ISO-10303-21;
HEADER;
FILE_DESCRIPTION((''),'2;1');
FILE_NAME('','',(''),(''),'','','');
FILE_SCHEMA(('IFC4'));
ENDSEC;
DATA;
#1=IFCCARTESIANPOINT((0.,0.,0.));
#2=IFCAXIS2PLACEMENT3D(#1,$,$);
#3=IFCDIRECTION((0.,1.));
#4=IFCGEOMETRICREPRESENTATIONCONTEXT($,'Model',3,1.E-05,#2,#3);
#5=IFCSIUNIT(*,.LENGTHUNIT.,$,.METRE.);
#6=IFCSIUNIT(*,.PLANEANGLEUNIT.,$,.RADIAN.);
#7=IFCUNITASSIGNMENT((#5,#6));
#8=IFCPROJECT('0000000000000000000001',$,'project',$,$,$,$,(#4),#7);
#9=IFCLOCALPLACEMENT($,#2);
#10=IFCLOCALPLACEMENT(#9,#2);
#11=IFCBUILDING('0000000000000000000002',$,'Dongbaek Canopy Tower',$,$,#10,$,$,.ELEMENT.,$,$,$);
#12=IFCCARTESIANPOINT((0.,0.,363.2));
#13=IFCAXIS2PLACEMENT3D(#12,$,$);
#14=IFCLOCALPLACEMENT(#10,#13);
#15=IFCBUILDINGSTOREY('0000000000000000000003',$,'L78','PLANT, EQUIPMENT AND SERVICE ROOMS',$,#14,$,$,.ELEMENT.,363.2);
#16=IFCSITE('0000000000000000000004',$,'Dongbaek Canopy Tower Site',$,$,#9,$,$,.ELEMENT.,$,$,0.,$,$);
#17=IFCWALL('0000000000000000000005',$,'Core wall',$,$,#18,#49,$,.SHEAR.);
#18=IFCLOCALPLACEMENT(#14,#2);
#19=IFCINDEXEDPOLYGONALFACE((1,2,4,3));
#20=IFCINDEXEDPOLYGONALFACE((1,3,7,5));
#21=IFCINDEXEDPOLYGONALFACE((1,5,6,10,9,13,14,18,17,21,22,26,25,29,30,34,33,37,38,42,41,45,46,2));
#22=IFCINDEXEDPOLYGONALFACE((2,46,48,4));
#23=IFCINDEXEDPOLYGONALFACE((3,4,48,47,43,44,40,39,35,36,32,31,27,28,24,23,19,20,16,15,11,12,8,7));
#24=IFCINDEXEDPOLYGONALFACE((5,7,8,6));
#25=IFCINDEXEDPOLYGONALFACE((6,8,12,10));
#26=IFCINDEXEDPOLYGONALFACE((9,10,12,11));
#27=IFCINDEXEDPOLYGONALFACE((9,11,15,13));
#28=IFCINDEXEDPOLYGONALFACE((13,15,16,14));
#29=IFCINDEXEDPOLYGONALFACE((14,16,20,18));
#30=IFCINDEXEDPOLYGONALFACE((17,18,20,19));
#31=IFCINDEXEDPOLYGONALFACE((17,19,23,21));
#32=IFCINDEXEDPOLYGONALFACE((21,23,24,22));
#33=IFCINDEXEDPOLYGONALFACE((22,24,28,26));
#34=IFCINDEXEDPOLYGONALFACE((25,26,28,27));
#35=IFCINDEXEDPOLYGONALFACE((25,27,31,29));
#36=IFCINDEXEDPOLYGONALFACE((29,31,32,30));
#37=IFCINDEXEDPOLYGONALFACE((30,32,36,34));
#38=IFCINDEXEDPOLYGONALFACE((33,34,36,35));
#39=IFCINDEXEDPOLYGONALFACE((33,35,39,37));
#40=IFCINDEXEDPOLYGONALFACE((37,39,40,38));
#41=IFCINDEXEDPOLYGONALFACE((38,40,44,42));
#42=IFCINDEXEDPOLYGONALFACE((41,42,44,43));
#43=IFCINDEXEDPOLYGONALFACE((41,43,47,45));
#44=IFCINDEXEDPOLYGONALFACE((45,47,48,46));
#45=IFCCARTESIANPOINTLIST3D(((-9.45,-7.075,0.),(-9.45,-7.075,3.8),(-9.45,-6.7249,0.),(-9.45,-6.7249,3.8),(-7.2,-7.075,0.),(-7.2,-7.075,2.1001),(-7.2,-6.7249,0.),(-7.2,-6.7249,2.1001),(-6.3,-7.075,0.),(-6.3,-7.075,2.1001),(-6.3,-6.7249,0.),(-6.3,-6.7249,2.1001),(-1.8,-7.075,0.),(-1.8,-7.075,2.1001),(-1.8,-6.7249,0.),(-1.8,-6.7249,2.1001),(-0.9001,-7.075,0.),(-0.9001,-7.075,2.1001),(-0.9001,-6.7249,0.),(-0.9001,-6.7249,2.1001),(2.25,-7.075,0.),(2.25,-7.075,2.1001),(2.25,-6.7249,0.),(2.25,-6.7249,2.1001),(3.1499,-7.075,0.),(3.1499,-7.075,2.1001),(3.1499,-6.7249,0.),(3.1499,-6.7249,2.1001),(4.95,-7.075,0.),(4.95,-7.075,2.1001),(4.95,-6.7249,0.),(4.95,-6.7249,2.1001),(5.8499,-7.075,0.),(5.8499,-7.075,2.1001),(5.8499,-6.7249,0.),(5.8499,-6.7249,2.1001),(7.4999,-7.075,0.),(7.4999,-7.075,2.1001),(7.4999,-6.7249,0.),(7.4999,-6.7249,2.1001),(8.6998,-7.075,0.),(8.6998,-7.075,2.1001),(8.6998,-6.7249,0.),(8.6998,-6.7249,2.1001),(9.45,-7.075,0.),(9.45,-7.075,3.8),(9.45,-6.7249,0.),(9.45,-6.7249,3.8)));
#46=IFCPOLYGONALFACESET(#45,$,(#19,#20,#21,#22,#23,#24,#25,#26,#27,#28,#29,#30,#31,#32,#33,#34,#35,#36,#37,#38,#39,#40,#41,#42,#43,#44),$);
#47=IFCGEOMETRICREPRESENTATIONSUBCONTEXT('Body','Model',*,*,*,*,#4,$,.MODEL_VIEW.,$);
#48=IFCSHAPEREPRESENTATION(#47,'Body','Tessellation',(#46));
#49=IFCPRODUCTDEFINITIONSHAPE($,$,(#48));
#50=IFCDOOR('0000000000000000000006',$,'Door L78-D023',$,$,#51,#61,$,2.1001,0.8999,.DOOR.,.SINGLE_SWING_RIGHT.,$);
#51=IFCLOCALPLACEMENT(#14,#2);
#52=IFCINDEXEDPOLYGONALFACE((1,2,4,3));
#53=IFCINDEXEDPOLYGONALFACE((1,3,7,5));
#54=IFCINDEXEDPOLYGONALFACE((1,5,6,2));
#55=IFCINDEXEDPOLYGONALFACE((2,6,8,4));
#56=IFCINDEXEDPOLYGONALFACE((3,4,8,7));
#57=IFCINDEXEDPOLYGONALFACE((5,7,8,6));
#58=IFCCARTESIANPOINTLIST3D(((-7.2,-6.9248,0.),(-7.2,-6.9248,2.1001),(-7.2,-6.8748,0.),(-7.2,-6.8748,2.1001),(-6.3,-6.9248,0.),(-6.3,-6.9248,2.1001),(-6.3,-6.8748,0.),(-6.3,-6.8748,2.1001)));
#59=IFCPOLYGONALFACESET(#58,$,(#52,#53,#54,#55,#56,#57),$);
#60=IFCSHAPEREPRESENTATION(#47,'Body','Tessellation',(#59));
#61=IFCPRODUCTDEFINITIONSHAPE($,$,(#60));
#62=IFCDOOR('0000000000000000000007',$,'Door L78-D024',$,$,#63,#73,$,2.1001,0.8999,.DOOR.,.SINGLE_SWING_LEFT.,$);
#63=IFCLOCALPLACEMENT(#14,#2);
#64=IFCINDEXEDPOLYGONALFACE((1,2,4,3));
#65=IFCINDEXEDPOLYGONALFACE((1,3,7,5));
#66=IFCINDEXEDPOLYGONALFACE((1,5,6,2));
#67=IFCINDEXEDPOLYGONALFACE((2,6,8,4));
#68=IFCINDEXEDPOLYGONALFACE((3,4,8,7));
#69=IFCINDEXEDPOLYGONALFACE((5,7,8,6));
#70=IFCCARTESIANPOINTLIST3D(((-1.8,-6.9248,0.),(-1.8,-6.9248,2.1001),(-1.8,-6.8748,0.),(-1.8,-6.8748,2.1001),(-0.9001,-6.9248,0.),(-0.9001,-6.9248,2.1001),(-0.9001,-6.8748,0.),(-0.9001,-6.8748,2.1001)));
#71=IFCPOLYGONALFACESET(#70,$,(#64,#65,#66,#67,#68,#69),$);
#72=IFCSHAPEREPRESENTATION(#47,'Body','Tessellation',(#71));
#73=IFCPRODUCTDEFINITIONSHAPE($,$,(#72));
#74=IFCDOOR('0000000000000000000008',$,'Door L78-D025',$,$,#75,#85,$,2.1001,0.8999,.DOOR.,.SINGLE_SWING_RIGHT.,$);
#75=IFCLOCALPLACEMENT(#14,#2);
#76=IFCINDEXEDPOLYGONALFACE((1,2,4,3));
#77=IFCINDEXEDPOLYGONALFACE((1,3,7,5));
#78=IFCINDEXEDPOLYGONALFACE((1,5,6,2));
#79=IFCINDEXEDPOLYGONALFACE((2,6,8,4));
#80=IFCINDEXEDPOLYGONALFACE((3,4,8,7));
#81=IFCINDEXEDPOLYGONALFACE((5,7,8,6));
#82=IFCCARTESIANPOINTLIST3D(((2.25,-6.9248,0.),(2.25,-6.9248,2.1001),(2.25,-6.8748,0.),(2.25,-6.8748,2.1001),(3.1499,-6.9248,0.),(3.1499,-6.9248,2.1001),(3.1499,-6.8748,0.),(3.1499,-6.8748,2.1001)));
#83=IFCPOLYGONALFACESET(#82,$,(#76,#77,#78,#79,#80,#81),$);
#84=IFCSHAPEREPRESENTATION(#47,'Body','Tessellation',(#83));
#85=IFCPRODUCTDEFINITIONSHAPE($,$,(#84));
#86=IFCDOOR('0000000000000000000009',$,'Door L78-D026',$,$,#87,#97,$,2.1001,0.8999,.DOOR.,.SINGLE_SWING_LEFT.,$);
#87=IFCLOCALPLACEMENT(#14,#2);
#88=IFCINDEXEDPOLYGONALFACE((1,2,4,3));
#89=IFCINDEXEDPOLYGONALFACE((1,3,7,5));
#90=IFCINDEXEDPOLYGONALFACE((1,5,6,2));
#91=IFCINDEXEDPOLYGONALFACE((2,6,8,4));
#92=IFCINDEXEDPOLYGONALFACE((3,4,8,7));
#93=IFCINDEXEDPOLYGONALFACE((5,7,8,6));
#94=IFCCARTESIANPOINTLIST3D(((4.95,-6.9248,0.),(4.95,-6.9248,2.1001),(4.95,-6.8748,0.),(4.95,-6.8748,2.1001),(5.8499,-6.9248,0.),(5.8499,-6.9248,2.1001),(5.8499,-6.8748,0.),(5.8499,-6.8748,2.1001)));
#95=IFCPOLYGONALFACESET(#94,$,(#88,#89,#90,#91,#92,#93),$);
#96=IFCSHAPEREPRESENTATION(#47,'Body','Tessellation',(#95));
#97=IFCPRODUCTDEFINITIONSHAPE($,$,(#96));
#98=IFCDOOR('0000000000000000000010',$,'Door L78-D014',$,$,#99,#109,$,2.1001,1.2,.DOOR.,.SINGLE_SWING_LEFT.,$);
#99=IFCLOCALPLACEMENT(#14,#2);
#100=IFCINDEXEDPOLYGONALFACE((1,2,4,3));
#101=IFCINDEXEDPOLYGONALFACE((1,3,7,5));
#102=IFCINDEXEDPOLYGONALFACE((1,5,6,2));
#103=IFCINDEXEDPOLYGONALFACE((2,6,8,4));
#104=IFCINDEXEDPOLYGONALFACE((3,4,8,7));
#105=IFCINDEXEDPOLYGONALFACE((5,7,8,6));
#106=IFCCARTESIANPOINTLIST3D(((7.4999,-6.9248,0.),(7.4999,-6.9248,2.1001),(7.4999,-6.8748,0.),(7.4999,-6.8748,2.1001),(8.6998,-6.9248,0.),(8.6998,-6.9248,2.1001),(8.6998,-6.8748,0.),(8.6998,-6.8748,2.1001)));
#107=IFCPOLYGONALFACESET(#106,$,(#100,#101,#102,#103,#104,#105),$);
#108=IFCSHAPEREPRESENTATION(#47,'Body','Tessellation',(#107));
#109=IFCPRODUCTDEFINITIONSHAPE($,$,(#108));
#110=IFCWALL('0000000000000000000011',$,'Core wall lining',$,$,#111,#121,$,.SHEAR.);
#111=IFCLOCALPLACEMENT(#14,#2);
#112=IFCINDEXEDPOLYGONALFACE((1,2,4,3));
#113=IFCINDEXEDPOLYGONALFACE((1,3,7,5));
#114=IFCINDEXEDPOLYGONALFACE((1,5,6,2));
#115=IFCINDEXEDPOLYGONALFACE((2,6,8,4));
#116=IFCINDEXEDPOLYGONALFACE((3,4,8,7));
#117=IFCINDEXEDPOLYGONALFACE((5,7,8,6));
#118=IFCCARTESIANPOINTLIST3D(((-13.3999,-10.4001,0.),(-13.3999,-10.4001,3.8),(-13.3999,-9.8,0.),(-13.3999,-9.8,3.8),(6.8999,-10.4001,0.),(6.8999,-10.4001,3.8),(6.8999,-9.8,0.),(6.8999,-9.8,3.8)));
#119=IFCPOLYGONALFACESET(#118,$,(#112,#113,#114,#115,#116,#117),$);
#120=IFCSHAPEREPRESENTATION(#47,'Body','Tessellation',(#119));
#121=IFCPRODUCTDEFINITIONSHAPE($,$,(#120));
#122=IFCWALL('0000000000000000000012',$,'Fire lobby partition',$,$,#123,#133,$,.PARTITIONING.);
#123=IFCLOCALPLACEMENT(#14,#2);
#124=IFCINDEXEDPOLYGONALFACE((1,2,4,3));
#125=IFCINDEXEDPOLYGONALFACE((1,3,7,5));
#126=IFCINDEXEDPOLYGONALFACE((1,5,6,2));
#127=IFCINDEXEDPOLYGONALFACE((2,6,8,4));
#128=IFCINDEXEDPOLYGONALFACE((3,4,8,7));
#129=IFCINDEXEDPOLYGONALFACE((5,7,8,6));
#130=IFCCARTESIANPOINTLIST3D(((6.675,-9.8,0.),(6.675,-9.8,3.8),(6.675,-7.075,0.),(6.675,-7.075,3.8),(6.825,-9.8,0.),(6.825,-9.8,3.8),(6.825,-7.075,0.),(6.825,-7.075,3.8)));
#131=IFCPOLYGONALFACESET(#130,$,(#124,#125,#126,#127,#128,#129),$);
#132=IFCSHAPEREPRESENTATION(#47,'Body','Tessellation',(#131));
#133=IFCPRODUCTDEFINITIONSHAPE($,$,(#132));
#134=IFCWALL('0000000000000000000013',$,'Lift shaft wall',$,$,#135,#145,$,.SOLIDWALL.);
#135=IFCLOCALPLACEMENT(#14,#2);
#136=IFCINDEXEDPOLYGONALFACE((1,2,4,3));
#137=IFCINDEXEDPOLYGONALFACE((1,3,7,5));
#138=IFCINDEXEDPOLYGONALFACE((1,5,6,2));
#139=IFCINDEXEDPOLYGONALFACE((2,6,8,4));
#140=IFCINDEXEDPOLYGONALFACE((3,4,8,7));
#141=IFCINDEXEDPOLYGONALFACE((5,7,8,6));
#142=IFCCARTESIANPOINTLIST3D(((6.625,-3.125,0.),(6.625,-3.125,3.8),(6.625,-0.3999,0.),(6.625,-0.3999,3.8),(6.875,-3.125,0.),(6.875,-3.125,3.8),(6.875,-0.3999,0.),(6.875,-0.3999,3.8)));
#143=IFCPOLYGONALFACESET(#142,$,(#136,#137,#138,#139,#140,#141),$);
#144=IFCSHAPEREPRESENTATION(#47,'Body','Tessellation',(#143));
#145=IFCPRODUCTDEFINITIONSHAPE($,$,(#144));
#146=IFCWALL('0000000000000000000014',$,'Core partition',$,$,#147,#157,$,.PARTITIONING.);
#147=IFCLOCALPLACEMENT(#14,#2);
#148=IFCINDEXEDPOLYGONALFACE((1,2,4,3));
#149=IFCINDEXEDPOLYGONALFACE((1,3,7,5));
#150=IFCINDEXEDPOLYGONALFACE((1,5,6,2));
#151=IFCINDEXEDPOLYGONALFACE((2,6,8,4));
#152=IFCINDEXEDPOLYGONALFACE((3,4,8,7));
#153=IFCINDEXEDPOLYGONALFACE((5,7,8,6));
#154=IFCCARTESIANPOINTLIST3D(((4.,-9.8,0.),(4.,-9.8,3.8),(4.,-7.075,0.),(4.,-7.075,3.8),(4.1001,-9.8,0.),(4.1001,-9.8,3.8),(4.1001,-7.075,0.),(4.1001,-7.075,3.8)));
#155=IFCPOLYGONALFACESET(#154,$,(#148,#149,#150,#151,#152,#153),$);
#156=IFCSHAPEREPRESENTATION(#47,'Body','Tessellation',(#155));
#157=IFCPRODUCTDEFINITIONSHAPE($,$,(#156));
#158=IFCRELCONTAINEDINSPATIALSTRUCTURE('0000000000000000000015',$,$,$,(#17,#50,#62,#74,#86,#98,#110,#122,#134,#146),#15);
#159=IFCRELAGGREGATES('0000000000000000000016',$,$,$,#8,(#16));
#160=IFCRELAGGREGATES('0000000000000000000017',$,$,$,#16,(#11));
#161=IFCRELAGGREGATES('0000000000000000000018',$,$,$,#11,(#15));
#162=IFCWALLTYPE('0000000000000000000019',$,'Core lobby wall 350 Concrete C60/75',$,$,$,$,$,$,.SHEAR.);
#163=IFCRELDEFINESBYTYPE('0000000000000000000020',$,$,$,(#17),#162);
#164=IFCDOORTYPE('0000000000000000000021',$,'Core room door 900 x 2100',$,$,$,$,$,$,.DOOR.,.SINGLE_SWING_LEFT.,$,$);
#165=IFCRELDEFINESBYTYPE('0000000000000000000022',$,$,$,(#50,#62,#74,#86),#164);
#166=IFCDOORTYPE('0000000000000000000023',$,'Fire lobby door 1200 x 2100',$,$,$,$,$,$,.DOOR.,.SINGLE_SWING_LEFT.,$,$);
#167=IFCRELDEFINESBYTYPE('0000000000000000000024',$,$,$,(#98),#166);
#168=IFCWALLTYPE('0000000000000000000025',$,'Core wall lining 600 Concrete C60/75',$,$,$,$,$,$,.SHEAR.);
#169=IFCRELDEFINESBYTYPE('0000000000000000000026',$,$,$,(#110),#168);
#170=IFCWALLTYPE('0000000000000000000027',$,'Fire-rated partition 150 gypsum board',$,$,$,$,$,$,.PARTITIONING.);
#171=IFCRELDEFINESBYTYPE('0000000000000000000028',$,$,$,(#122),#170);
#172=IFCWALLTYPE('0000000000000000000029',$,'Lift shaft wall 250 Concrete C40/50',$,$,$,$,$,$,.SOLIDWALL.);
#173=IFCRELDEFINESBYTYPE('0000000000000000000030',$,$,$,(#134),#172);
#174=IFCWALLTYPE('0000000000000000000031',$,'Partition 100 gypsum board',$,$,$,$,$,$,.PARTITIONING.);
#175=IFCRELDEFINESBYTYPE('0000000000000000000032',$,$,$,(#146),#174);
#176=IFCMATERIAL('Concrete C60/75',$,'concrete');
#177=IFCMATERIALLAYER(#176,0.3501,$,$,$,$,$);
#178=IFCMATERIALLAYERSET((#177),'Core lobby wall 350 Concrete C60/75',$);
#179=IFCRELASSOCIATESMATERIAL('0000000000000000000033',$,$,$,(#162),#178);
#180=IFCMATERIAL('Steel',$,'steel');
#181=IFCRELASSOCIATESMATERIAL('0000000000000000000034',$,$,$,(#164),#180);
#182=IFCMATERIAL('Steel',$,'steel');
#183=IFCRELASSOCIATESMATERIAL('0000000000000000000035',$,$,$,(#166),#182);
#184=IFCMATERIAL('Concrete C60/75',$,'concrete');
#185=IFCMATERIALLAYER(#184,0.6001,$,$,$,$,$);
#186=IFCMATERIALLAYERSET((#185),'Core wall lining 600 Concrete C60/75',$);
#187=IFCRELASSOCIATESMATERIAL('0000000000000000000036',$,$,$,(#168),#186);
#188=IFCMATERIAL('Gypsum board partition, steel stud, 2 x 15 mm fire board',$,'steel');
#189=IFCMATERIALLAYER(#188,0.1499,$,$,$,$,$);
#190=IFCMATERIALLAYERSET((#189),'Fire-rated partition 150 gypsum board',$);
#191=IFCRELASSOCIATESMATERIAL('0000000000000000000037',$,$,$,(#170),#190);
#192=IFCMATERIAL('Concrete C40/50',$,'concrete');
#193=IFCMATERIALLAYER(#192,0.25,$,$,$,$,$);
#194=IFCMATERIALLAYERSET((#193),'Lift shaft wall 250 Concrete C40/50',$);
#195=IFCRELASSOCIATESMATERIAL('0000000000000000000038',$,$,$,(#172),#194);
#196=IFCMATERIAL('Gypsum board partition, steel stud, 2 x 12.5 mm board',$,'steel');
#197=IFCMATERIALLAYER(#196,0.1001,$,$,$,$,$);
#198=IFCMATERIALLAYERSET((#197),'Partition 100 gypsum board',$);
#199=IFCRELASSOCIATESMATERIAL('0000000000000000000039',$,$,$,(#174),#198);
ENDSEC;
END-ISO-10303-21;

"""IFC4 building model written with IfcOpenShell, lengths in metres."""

from ifc_helpers import new_model, si_unit, direction, frame, frame_2d, origin, place, context, subcontext, project, spatial, rectangle, extrude, material, layer, layer_set, type_object, element, fill, save


model = new_model("IFC4")

# Units and contexts
model_context = context("Model", 3, precision=1e-05, world=origin(), true_north=direction((0.0, 1.0)))
body_context = subcontext(model_context, "Body", "Model", "MODEL_VIEW")
ifc_project = project(units=[si_unit("LENGTHUNIT", "METRE"), si_unit("PLANEANGLEUNIT", "RADIAN")], contexts=[model_context])

# Site, building, storey
site_placement = place(None, origin())
site = spatial("IfcSite", under=ifc_project, at=site_placement, Name="Dongbaek Canopy Tower Site", CompositionType="ELEMENT", RefElevation=0.0)
building_placement = place(site_placement, origin())
building = spatial("IfcBuilding", under=site, at=building_placement, Name="Dongbaek Canopy Tower", CompositionType="ELEMENT")
storey_placement = place(building_placement, frame((0.0, 0.0, 363.2)))
storey = spatial("IfcBuildingStorey", under=building, at=storey_placement, Name="L78", Description="PLANT, EQUIPMENT AND SERVICE ROOMS", CompositionType="ELEMENT", Elevation=363.2)

# Wall, openings, doors
ifc_material_1 = material(Name="Concrete C60/75", Category="concrete")
ifc_layer_1 = layer(ifc_material_1, 0.3501)
ifc_layer_set_1 = layer_set([ifc_layer_1], Name="Core lobby wall 350 Concrete C60/75")
wall_type_1 = type_object("IfcWallType", Name="Core lobby wall 350 Concrete C60/75", PredefinedType="SHEAR", material=ifc_layer_set_1)
wall_1_placement = place(storey_placement, frame((9.45, -6.8999, 0.0), z_axis=(0.0, 0.0, 1.0), x_axis=(-1.0, 0.0, 0.0)))
wall_1 = element("IfcWall", 1, at=wall_1_placement, inside=storey, type_object=wall_type_1, Name="Core wall", PredefinedType="SHEAR", context=body_context, shape_type="SweptSolid", body=[
    extrude(rectangle(XDim=18.8999, YDim=0.3501, at=frame_2d((9.45, 0.0))), origin(), (0.0, 0.0, 1.0), 3.8),
])
opening_1_placement = place(wall_1_placement, frame((0.75, 0.0, 0.0)))
opening_1 = element("IfcOpeningElement", 2, at=opening_1_placement, cuts=wall_1, PredefinedType="OPENING", context=body_context, shape_type="SweptSolid", body=[
    extrude(rectangle(XDim=1.2, YDim=2.1001, at=frame_2d((0.6001, 1.05))), frame((0.0, 0.1851, 0.0), z_axis=(0.0, -1.0, 0.0), x_axis=(1.0, 0.0, 0.0)), (0.0, 0.0, 1.0), 0.3701),
])
opening_2_placement = place(wall_1_placement, frame((15.75, 0.0, 0.0)))
opening_2 = element("IfcOpeningElement", 3, at=opening_2_placement, cuts=wall_1, PredefinedType="OPENING", context=body_context, shape_type="SweptSolid", body=[
    extrude(rectangle(XDim=0.8999, YDim=2.1001, at=frame_2d((0.45, 1.05))), frame((0.0, 0.1851, 0.0), z_axis=(0.0, -1.0, 0.0), x_axis=(1.0, 0.0, 0.0)), (0.0, 0.0, 1.0), 0.3701),
])
opening_3_placement = place(wall_1_placement, frame((10.3501, 0.0, 0.0)))
opening_3 = element("IfcOpeningElement", 4, at=opening_3_placement, cuts=wall_1, PredefinedType="OPENING", context=body_context, shape_type="SweptSolid", body=[
    extrude(rectangle(XDim=0.8999, YDim=2.1001, at=frame_2d((0.45, 1.05))), frame((0.0, 0.1851, 0.0), z_axis=(0.0, -1.0, 0.0), x_axis=(1.0, 0.0, 0.0)), (0.0, 0.0, 1.0), 0.3701),
])
opening_4_placement = place(wall_1_placement, frame((6.3, 0.0, 0.0)))
opening_4 = element("IfcOpeningElement", 5, at=opening_4_placement, cuts=wall_1, PredefinedType="OPENING", context=body_context, shape_type="SweptSolid", body=[
    extrude(rectangle(XDim=0.8999, YDim=2.1001, at=frame_2d((0.45, 1.05))), frame((0.0, 0.1851, 0.0), z_axis=(0.0, -1.0, 0.0), x_axis=(1.0, 0.0, 0.0)), (0.0, 0.0, 1.0), 0.3701),
])
opening_5_placement = place(wall_1_placement, frame((3.6001, 0.0, 0.0)))
opening_5 = element("IfcOpeningElement", 6, at=opening_5_placement, cuts=wall_1, PredefinedType="OPENING", context=body_context, shape_type="SweptSolid", body=[
    extrude(rectangle(XDim=0.8999, YDim=2.1001, at=frame_2d((0.45, 1.05))), frame((0.0, 0.1851, 0.0), z_axis=(0.0, -1.0, 0.0), x_axis=(1.0, 0.0, 0.0)), (0.0, 0.0, 1.0), 0.3701),
])
ifc_material_2 = material(Name="Steel", Category="steel")
door_type_1 = type_object("IfcDoorType", Name="Core room door 900 x 2100", OperationType="SINGLE_SWING_LEFT", PredefinedType="DOOR", material=ifc_material_2)
door_1_placement = place(opening_2_placement, origin())
door_1 = element("IfcDoor", 7, at=door_1_placement, inside=storey, type_object=door_type_1, Name="Door L78-D023", OperationType="SINGLE_SWING_RIGHT", OverallHeight=2.1001, OverallWidth=0.8999, PredefinedType="DOOR", context=body_context, shape_type="SweptSolid", body=[
    extrude(rectangle(XDim=0.8999, YDim=2.1001, at=frame_2d((0.45, 1.05))), frame((0.0, 0.0249, 0.0), z_axis=(0.0, -1.0, 0.0), x_axis=(1.0, 0.0, 0.0)), (0.0, 0.0, 1.0), 0.05),
])
fill(opening_2, door_1)
door_2_placement = place(opening_3_placement, origin())
door_2 = element("IfcDoor", 8, at=door_2_placement, inside=storey, type_object=door_type_1, Name="Door L78-D024", OperationType="SINGLE_SWING_LEFT", OverallHeight=2.1001, OverallWidth=0.8999, PredefinedType="DOOR", context=body_context, shape_type="SweptSolid", body=[
    extrude(rectangle(XDim=0.8999, YDim=2.1001, at=frame_2d((0.45, 1.05))), frame((0.0, 0.0249, 0.0), z_axis=(0.0, -1.0, 0.0), x_axis=(1.0, 0.0, 0.0)), (0.0, 0.0, 1.0), 0.05),
])
fill(opening_3, door_2)
door_3_placement = place(opening_4_placement, origin())
door_3 = element("IfcDoor", 9, at=door_3_placement, inside=storey, type_object=door_type_1, Name="Door L78-D025", OperationType="SINGLE_SWING_RIGHT", OverallHeight=2.1001, OverallWidth=0.8999, PredefinedType="DOOR", context=body_context, shape_type="SweptSolid", body=[
    extrude(rectangle(XDim=0.8999, YDim=2.1001, at=frame_2d((0.45, 1.05))), frame((0.0, 0.0249, 0.0), z_axis=(0.0, -1.0, 0.0), x_axis=(1.0, 0.0, 0.0)), (0.0, 0.0, 1.0), 0.05),
])
fill(opening_4, door_3)
door_4_placement = place(opening_5_placement, origin())
door_4 = element("IfcDoor", 10, at=door_4_placement, inside=storey, type_object=door_type_1, Name="Door L78-D026", OperationType="SINGLE_SWING_LEFT", OverallHeight=2.1001, OverallWidth=0.8999, PredefinedType="DOOR", context=body_context, shape_type="SweptSolid", body=[
    extrude(rectangle(XDim=0.8999, YDim=2.1001, at=frame_2d((0.45, 1.05))), frame((0.0, 0.0249, 0.0), z_axis=(0.0, -1.0, 0.0), x_axis=(1.0, 0.0, 0.0)), (0.0, 0.0, 1.0), 0.05),
])
fill(opening_5, door_4)
ifc_material_3 = material(Name="Steel", Category="steel")
door_type_2 = type_object("IfcDoorType", Name="Fire lobby door 1200 x 2100", OperationType="SINGLE_SWING_LEFT", PredefinedType="DOOR", material=ifc_material_3)
door_5_placement = place(opening_1_placement, origin())
door_5 = element("IfcDoor", 11, at=door_5_placement, inside=storey, type_object=door_type_2, Name="Door L78-D014", OperationType="SINGLE_SWING_LEFT", OverallHeight=2.1001, OverallWidth=1.2, PredefinedType="DOOR", context=body_context, shape_type="SweptSolid", body=[
    extrude(rectangle(XDim=1.2, YDim=2.1001, at=frame_2d((0.6001, 1.05))), frame((0.0, 0.0249, 0.0), z_axis=(0.0, -1.0, 0.0), x_axis=(1.0, 0.0, 0.0)), (0.0, 0.0, 1.0), 0.05),
])
fill(opening_1, door_5)

# Walls
ifc_material_4 = material(Name="Concrete C60/75", Category="concrete")
ifc_layer_2 = layer(ifc_material_4, 0.6001)
ifc_layer_set_2 = layer_set([ifc_layer_2], Name="Core wall lining 600 Concrete C60/75")
wall_type_2 = type_object("IfcWallType", Name="Core wall lining 600 Concrete C60/75", PredefinedType="SHEAR", material=ifc_layer_set_2)
wall_2_placement = place(storey_placement, frame((6.8999, -10.1001, 0.0), z_axis=(0.0, 0.0, 1.0), x_axis=(-1.0, 0.0, 0.0)))
element("IfcWall", 12, at=wall_2_placement, inside=storey, type_object=wall_type_2, Name="Core wall lining", PredefinedType="SHEAR", context=body_context, shape_type="SweptSolid", body=[
    extrude(rectangle(XDim=20.2998, YDim=0.6001, at=frame_2d((10.1499, 0.0))), origin(), (0.0, 0.0, 1.0), 3.8),
])
ifc_material_5 = material(Name="Gypsum board partition, steel stud, 2 x 15 mm fire board", Category="steel")
ifc_layer_3 = layer(ifc_material_5, 0.1499)
ifc_layer_set_3 = layer_set([ifc_layer_3], Name="Fire-rated partition 150 gypsum board")
wall_type_3 = type_object("IfcWallType", Name="Fire-rated partition 150 gypsum board", PredefinedType="PARTITIONING", material=ifc_layer_set_3)
wall_3_placement = place(storey_placement, frame((6.75, -9.8, 0.0), z_axis=(0.0, 0.0, 1.0), x_axis=(0.0, 1.0, 0.0)))
element("IfcWall", 13, at=wall_3_placement, inside=storey, type_object=wall_type_3, Name="Fire lobby partition", PredefinedType="PARTITIONING", context=body_context, shape_type="SweptSolid", body=[
    extrude(rectangle(XDim=2.7251, YDim=0.1499, at=frame_2d((1.3625, 0.0))), origin(), (0.0, 0.0, 1.0), 3.8),
])
ifc_material_6 = material(Name="Concrete C40/50", Category="concrete")
ifc_layer_4 = layer(ifc_material_6, 0.25)
ifc_layer_set_4 = layer_set([ifc_layer_4], Name="Lift shaft wall 250 Concrete C40/50")
wall_type_4 = type_object("IfcWallType", Name="Lift shaft wall 250 Concrete C40/50", PredefinedType="SOLIDWALL", material=ifc_layer_set_4)
wall_4_placement = place(storey_placement, frame((6.75, -3.125, 0.0), z_axis=(0.0, 0.0, 1.0), x_axis=(0.0, 1.0, 0.0)))
element("IfcWall", 14, at=wall_4_placement, inside=storey, type_object=wall_type_4, Name="Lift shaft wall", PredefinedType="SOLIDWALL", context=body_context, shape_type="SweptSolid", body=[
    extrude(rectangle(XDim=2.7251, YDim=0.25, at=frame_2d((1.3625, 0.0))), origin(), (0.0, 0.0, 1.0), 3.8),
])
ifc_material_7 = material(Name="Gypsum board partition, steel stud, 2 x 12.5 mm board", Category="steel")
ifc_layer_5 = layer(ifc_material_7, 0.1001)
ifc_layer_set_5 = layer_set([ifc_layer_5], Name="Partition 100 gypsum board")
wall_type_5 = type_object("IfcWallType", Name="Partition 100 gypsum board", PredefinedType="PARTITIONING", material=ifc_layer_set_5)
for number, where, z_axis, x_axis, name in (
    (15, (4.05, -9.8, 0.0), (0.0, 0.0, 1.0), (0.0, 1.0, 0.0), "Core partition"),
):
    element("IfcWall", number, at=place(storey_placement, frame(where, z_axis=z_axis, x_axis=x_axis)), inside=storey, type_object=wall_type_5, Name=name, PredefinedType="PARTITIONING", context=body_context, shape_type="SweptSolid", body=[
        extrude(rectangle(XDim=2.7251, YDim=0.1001, at=frame_2d((1.3625, 0.0))), origin(), (0.0, 0.0, 1.0), 3.8),
    ])

save(model, "model.ifc")
